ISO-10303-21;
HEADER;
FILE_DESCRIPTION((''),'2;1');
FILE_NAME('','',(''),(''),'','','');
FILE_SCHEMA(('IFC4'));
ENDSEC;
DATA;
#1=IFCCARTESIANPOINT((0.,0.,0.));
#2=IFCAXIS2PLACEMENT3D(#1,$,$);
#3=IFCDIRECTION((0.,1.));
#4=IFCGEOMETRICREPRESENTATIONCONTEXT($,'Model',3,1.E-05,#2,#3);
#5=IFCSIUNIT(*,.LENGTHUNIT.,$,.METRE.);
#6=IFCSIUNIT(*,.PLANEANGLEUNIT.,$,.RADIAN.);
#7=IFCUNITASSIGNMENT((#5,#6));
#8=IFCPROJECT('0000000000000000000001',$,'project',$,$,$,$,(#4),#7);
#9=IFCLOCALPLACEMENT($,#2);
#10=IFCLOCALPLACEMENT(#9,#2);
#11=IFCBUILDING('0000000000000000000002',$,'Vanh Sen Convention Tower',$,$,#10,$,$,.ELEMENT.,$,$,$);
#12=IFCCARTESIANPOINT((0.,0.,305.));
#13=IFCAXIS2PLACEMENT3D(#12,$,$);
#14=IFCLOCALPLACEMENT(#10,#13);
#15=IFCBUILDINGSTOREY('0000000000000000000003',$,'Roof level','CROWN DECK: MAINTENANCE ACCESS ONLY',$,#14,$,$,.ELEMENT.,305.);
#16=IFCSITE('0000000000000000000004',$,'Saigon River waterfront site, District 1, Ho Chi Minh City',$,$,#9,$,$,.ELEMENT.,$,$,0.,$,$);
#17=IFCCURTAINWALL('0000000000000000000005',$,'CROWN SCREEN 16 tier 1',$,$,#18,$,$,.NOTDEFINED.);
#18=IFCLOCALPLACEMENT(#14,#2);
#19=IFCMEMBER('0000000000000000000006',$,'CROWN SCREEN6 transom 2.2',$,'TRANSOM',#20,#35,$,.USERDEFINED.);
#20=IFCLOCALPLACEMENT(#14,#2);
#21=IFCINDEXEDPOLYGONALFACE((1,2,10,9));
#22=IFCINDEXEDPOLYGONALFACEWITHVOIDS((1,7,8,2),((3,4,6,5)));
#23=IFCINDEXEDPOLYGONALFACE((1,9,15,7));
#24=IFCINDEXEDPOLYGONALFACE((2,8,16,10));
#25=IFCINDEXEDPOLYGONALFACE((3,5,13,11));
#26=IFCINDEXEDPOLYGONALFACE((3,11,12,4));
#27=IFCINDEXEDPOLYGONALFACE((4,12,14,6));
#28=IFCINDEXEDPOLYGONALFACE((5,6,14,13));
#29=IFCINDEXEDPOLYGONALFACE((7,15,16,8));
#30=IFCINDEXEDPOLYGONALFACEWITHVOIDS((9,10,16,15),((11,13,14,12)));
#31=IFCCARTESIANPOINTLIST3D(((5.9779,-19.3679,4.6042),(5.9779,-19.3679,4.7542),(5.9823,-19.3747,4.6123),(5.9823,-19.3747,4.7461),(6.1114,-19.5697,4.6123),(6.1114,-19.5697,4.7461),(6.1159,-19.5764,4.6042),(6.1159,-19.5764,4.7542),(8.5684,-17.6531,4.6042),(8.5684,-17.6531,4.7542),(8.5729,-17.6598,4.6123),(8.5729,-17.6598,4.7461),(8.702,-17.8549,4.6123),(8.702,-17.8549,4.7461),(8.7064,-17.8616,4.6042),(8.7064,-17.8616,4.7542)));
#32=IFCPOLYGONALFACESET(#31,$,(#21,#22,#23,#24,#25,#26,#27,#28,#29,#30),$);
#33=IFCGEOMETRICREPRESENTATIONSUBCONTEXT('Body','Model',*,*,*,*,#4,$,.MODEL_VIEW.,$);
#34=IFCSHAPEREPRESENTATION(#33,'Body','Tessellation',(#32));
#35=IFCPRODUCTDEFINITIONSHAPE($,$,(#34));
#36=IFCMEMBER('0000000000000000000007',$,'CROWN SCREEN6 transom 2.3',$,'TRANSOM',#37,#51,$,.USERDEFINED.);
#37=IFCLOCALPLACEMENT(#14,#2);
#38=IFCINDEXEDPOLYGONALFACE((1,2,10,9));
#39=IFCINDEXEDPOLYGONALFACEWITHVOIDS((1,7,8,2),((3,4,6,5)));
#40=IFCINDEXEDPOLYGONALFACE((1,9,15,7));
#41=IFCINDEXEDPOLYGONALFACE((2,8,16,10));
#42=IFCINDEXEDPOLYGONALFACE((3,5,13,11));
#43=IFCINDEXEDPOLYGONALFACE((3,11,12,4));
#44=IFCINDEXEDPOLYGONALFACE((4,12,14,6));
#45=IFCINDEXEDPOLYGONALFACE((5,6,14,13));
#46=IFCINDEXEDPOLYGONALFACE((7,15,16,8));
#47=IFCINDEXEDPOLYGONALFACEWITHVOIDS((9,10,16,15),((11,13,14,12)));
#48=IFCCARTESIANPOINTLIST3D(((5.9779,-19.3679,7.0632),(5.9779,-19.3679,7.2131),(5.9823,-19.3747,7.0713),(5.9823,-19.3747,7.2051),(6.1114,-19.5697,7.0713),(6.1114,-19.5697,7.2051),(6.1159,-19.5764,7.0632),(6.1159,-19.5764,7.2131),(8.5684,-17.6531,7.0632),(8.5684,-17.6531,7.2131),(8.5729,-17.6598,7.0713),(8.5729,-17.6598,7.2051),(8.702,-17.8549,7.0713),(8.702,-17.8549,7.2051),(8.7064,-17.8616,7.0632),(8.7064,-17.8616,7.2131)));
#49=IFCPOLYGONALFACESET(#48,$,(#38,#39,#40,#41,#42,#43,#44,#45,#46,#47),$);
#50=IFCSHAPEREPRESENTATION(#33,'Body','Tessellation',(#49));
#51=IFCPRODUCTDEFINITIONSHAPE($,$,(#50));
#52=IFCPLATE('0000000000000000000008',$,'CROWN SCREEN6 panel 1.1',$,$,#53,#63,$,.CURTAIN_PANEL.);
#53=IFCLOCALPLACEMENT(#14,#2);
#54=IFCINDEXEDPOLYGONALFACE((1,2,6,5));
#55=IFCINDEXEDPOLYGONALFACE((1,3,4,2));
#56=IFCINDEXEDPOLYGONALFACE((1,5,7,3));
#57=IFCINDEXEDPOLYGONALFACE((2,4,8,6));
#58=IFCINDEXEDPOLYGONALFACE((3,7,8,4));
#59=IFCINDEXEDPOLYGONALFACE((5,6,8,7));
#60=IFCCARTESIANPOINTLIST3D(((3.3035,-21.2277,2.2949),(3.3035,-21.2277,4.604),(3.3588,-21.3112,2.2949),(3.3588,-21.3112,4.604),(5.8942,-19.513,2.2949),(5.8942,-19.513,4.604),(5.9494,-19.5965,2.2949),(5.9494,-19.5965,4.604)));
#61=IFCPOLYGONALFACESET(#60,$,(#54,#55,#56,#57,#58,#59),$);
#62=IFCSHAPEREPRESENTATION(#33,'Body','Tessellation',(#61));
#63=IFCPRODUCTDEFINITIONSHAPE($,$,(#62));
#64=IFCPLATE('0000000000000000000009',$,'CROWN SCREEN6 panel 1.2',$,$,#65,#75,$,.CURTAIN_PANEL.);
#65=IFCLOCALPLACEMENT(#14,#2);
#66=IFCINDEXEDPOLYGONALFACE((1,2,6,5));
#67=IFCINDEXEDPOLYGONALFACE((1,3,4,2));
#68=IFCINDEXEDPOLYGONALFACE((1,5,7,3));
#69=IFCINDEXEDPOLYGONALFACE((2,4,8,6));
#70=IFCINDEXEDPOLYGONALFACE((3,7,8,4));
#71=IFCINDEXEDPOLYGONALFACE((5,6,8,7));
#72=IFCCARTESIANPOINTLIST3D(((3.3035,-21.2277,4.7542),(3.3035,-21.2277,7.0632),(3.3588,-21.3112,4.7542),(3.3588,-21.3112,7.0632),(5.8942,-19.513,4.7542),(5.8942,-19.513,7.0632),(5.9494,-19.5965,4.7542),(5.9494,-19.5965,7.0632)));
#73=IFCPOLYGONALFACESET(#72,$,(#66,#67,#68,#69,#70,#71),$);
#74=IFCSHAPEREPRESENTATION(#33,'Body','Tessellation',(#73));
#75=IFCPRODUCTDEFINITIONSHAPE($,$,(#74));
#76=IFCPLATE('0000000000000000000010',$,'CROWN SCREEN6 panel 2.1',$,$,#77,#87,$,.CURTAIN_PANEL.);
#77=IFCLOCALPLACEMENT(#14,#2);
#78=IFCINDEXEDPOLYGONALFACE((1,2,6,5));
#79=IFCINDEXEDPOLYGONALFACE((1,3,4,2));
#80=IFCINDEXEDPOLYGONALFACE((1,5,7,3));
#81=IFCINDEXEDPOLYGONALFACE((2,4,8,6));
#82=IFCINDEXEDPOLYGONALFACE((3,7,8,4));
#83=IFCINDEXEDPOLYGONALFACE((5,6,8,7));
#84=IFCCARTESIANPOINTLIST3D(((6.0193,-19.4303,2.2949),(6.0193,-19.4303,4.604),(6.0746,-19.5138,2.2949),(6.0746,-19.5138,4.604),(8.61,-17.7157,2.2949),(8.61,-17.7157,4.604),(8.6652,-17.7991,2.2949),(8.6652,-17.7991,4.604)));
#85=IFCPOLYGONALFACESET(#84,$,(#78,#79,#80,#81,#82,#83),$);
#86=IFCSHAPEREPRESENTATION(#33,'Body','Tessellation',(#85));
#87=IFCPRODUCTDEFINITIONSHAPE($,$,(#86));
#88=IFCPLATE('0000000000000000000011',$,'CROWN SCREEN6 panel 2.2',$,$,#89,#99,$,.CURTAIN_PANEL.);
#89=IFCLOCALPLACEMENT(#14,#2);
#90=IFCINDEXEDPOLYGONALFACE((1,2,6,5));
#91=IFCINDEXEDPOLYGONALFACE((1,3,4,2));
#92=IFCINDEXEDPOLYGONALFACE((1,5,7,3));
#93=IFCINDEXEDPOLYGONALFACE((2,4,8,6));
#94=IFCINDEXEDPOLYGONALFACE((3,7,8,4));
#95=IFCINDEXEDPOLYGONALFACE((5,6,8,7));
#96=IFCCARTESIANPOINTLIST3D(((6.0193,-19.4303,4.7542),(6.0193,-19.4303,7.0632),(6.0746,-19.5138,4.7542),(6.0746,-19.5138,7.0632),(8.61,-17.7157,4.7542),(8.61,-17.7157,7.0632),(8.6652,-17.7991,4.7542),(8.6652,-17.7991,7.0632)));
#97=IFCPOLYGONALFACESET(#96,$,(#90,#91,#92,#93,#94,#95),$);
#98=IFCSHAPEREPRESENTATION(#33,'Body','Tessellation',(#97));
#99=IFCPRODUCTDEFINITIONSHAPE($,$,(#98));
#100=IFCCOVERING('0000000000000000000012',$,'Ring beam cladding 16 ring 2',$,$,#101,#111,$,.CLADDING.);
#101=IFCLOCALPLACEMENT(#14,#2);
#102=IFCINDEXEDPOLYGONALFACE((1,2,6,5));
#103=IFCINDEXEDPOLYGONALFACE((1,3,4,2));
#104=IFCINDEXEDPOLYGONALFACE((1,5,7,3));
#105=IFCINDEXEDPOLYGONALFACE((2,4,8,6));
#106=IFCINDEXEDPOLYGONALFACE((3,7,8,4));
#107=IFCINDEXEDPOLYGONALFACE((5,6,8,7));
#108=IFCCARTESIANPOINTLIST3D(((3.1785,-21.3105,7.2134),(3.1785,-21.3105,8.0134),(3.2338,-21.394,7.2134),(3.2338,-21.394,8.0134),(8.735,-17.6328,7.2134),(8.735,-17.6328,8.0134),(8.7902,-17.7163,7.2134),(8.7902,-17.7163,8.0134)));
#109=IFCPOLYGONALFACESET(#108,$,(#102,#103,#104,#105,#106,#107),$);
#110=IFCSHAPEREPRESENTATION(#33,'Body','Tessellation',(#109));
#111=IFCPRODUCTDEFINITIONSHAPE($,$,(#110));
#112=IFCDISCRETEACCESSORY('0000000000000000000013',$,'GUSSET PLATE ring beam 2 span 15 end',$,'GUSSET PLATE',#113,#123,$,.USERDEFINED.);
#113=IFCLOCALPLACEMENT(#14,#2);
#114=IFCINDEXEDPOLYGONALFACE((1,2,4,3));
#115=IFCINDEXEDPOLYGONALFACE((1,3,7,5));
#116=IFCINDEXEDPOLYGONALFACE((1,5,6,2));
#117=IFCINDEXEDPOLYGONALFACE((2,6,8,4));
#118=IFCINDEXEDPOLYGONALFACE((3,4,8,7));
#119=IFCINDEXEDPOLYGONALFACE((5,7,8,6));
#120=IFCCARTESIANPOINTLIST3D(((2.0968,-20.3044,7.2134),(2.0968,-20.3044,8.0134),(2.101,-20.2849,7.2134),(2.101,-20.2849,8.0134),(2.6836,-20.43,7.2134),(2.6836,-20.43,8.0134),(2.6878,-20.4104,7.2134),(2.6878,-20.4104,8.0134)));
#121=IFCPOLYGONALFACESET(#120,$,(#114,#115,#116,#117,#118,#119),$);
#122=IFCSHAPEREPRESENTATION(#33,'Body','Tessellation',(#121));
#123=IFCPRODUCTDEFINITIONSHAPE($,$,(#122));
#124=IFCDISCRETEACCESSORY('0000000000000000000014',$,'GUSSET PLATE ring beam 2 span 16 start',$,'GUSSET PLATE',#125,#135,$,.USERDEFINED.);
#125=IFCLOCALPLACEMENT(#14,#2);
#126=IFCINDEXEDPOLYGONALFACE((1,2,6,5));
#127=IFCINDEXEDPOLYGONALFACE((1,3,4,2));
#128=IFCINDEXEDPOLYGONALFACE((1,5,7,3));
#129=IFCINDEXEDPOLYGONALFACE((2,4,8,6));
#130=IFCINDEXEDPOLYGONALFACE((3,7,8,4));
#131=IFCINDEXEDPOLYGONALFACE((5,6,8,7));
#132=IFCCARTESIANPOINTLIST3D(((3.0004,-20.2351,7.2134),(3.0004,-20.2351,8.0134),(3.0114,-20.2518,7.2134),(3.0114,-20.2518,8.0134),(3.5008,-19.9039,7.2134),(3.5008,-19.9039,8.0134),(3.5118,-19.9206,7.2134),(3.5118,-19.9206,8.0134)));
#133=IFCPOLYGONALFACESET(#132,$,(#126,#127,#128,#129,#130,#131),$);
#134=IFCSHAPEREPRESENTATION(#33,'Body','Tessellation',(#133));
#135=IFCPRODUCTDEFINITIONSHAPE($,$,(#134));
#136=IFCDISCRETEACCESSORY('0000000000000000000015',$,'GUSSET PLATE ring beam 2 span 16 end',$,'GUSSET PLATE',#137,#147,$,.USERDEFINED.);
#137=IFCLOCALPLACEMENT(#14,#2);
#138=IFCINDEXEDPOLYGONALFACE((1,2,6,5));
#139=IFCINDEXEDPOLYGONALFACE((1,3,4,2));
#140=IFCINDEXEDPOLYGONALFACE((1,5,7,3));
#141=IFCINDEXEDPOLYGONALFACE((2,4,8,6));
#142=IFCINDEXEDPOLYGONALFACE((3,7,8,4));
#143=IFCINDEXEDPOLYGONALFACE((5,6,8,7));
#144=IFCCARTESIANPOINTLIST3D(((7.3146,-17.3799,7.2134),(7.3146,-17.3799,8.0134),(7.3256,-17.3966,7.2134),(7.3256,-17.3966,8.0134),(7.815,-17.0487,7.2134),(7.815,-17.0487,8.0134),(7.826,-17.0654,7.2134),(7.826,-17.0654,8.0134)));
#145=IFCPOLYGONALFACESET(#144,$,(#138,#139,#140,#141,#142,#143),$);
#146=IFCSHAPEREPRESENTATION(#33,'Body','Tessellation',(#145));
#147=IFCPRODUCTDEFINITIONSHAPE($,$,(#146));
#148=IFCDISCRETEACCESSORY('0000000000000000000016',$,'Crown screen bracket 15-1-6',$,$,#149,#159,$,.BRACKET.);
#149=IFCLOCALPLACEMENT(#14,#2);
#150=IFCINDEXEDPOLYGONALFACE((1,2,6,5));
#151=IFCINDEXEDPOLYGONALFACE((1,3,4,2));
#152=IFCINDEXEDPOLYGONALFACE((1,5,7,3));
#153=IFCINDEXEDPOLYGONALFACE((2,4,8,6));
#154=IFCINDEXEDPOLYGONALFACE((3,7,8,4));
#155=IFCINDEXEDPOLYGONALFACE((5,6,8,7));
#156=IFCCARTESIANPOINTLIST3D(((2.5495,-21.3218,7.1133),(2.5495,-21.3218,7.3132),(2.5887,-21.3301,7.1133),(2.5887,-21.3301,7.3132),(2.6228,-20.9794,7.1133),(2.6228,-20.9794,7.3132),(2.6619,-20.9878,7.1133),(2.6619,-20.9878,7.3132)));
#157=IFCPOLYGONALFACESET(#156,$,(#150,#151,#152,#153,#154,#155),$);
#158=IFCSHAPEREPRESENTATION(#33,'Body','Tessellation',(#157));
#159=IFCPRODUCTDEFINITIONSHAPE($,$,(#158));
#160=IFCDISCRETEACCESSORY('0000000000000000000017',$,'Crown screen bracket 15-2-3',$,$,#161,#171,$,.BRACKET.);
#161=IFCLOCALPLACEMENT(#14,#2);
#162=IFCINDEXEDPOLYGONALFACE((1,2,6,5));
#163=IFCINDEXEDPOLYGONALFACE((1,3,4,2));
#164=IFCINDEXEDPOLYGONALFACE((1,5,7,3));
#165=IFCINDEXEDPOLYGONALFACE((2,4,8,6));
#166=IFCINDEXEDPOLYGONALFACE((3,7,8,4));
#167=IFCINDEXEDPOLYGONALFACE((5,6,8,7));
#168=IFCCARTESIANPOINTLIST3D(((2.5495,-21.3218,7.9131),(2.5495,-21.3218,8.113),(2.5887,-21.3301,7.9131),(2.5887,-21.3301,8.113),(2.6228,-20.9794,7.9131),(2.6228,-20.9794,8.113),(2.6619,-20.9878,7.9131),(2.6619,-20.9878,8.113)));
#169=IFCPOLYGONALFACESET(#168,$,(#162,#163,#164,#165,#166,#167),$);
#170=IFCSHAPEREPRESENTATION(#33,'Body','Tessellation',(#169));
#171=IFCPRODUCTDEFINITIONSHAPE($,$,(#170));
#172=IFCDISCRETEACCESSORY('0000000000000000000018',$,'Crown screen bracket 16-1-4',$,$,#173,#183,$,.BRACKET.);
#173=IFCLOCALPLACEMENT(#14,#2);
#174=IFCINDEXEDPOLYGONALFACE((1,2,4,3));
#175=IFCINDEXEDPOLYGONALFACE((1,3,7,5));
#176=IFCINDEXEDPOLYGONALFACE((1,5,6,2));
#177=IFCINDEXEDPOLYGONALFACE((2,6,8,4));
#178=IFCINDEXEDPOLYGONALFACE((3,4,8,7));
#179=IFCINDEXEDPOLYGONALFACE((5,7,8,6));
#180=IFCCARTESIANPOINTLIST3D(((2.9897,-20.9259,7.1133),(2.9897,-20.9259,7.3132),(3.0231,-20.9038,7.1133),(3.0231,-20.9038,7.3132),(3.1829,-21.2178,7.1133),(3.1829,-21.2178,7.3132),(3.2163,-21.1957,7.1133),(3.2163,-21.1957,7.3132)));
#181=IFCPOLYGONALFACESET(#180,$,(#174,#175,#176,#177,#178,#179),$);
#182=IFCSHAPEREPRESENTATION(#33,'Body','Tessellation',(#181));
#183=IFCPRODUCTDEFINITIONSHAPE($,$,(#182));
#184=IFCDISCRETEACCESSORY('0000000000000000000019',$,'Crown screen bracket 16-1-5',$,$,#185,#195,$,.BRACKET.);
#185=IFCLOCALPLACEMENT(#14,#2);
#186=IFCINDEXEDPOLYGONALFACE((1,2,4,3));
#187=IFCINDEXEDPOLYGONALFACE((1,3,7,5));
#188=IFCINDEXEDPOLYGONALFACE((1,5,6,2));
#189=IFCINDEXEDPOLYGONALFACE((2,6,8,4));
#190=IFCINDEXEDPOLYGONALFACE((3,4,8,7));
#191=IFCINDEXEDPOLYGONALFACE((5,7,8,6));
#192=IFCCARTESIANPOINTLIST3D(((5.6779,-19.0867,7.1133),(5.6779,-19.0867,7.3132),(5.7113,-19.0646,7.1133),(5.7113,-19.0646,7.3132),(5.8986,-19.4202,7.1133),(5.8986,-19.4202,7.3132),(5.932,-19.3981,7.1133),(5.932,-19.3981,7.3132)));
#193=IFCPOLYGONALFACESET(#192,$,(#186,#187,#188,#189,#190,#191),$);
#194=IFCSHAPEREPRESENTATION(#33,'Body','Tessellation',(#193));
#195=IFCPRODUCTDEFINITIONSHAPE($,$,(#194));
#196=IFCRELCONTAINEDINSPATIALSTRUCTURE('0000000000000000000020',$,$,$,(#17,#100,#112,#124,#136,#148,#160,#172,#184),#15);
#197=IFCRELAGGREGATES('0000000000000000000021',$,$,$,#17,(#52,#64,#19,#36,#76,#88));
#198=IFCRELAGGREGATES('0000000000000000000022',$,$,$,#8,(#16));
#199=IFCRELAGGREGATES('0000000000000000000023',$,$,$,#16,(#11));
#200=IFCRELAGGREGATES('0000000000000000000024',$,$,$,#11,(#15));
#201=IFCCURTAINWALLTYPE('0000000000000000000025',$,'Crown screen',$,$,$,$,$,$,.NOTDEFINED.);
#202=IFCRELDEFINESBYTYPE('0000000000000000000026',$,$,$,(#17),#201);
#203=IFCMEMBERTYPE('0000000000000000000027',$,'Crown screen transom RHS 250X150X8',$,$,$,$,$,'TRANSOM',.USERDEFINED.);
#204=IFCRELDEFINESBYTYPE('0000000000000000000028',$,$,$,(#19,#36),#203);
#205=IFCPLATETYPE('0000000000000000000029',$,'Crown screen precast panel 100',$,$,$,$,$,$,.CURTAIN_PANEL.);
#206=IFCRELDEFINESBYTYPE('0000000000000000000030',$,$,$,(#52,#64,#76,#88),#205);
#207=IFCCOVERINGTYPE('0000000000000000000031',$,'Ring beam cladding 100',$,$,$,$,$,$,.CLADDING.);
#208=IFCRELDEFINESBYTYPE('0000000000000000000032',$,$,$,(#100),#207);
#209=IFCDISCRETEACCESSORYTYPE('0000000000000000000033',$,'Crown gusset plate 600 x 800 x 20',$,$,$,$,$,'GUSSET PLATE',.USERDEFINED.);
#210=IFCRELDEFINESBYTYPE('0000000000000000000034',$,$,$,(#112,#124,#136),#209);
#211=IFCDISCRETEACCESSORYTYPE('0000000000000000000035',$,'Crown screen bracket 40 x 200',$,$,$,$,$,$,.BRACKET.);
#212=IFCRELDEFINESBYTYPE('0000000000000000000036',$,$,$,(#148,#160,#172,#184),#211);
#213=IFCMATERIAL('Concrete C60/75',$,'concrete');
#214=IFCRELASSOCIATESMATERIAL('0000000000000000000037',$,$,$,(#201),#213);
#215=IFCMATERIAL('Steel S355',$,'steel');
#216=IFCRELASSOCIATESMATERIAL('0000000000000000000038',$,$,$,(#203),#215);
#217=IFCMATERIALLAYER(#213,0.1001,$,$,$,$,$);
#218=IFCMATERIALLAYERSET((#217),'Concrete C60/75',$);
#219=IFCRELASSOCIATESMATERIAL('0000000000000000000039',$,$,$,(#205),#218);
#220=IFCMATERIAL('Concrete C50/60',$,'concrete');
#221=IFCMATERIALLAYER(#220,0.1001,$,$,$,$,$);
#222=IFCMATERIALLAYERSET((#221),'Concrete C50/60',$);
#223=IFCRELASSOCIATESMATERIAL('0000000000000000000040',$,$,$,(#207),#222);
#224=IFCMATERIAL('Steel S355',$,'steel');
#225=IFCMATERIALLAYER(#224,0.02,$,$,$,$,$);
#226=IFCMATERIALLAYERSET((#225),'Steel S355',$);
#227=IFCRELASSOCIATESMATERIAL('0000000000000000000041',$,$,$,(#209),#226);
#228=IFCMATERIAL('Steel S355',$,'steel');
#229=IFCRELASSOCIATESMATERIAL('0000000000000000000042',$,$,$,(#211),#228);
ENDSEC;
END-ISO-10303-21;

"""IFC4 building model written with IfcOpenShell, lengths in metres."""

from ifc_helpers import new_model, si_unit, direction, frame, origin, origin_2d, place, context, subcontext, project, spatial, rectangle, hollow_rectangle, extrude, material, layer, layer_set, material_profile, profile_set, type_object, element, aggregate, save


model = new_model("IFC4")

# Units and contexts
model_context = context("Model", 3, precision=1e-05, world=origin(), true_north=direction((0.0, 1.0)))
body_context = subcontext(model_context, "Body", "Model", "MODEL_VIEW")
ifc_project = project(units=[si_unit("LENGTHUNIT", "METRE"), si_unit("PLANEANGLEUNIT", "RADIAN")], contexts=[model_context])

# Site, building, storey
site_placement = place(None, origin())
site = spatial("IfcSite", under=ifc_project, at=site_placement, Name="Saigon River waterfront site, District 1, Ho Chi Minh City", CompositionType="ELEMENT", RefElevation=0.0)
building_placement = place(site_placement, origin())
building = spatial("IfcBuilding", under=site, at=building_placement, Name="Vanh Sen Convention Tower", CompositionType="ELEMENT")
storey_placement = place(building_placement, frame((0.0, 0.0, 305.0)))
storey = spatial("IfcBuildingStorey", under=building, at=storey_placement, Name="Roof level", Description="CROWN DECK: MAINTENANCE ACCESS ONLY", CompositionType="ELEMENT", Elevation=305.0)

# Shared definitions
ifc_material_1 = material(Name="Concrete C60/75", Category="concrete")
curtain_wall_type = type_object("IfcCurtainWallType", Name="Crown screen", PredefinedType="NOTDEFINED", material=ifc_material_1)
ifc_material_2 = material(Name="Steel S355", Category="steel")

# Curtain wall
curtain_wall_1_placement = place(storey_placement, origin())
curtain_wall_1 = element("IfcCurtainWall", 1, at=curtain_wall_1_placement, inside=storey, type_object=curtain_wall_type, Name="CROWN SCREEN 16 tier 1", PredefinedType="NOTDEFINED")

# Members
ifc_material_profile_1 = material_profile(ifc_material_2, hollow_rectangle(XDim=0.25, YDim=0.1499, WallThickness=0.0081, at=origin_2d()), Name="RHS 250X150X8")
ifc_profile_set_1 = profile_set([ifc_material_profile_1], Name="Steel S355")
member_type_1 = type_object("IfcMemberType", Name="Crown screen transom RHS 250X150X8", ElementType="TRANSOM", PredefinedType="USERDEFINED", material=ifc_profile_set_1)
member_1_placement = place(storey_placement, frame((6.0469, -19.4722, 4.6792), z_axis=(0.833859, 0.551977, 0.0), x_axis=(-0.551977, 0.833859, 0.0)))
member_1 = element("IfcMember", 2, at=member_1_placement, type_object=member_type_1, Name="CROWN SCREEN6 transom 2.2", ObjectType="TRANSOM", PredefinedType="USERDEFINED", context=body_context, shape_type="SweptSolid", body=[
    extrude(hollow_rectangle(XDim=0.25, YDim=0.1499, WallThickness=0.0081, at=origin_2d()), origin(), (0.0, 0.0, 1.0), 3.1067),
])
member_2_placement = place(storey_placement, frame((6.0469, -19.4722, 7.1382), z_axis=(0.833859, 0.551977, 0.0), x_axis=(-0.551977, 0.833859, 0.0)))
member_2 = element("IfcMember", 3, at=member_2_placement, type_object=member_type_1, Name="CROWN SCREEN6 transom 2.3", ObjectType="TRANSOM", PredefinedType="USERDEFINED", context=body_context, shape_type="SweptSolid", body=[
    extrude(hollow_rectangle(XDim=0.25, YDim=0.1499, WallThickness=0.0081, at=origin_2d()), origin(), (0.0, 0.0, 1.0), 3.1067),
])

# Plates
ifc_layer_1 = layer(ifc_material_1, 0.1001)
ifc_layer_set_1 = layer_set([ifc_layer_1], Name="Concrete C60/75")
plate_type = type_object("IfcPlateType", Name="Crown screen precast panel 100", PredefinedType="CURTAIN_PANEL", material=ifc_layer_set_1)
plate_1_placement = place(storey_placement, frame((4.6265, -20.4121, 2.2949), z_axis=(0.0, 0.0, 1.0), x_axis=(0.83389, 0.55193, 0.0)))
plate_1 = element("IfcPlate", 4, at=plate_1_placement, type_object=plate_type, Name="CROWN SCREEN6 panel 1.1", PredefinedType="CURTAIN_PANEL", context=body_context, shape_type="SweptSolid", body=[
    extrude(rectangle(XDim=3.1067, YDim=0.1001, at=origin_2d()), origin(), (0.0, 0.0, 1.0), 2.3091),
])
plate_2_placement = place(storey_placement, frame((4.6265, -20.4121, 4.7542), z_axis=(0.0, 0.0, 1.0), x_axis=(0.83389, 0.55193, 0.0)))
plate_2 = element("IfcPlate", 5, at=plate_2_placement, type_object=plate_type, Name="CROWN SCREEN6 panel 1.2", PredefinedType="CURTAIN_PANEL", context=body_context, shape_type="SweptSolid", body=[
    extrude(rectangle(XDim=3.1067, YDim=0.1001, at=origin_2d()), origin(), (0.0, 0.0, 1.0), 2.3091),
])
plate_3_placement = place(storey_placement, frame((7.3423, -18.6147, 2.2949), z_axis=(0.0, 0.0, 1.0), x_axis=(0.83389, 0.55193, 0.0)))
plate_3 = element("IfcPlate", 6, at=plate_3_placement, type_object=plate_type, Name="CROWN SCREEN6 panel 2.1", PredefinedType="CURTAIN_PANEL", context=body_context, shape_type="SweptSolid", body=[
    extrude(rectangle(XDim=3.1067, YDim=0.1001, at=origin_2d()), origin(), (0.0, 0.0, 1.0), 2.3091),
])
plate_4_placement = place(storey_placement, frame((7.3423, -18.6147, 4.7542), z_axis=(0.0, 0.0, 1.0), x_axis=(0.83389, 0.55193, 0.0)))
plate_4 = element("IfcPlate", 7, at=plate_4_placement, type_object=plate_type, Name="CROWN SCREEN6 panel 2.2", PredefinedType="CURTAIN_PANEL", context=body_context, shape_type="SweptSolid", body=[
    extrude(rectangle(XDim=3.1067, YDim=0.1001, at=origin_2d()), origin(), (0.0, 0.0, 1.0), 2.3091),
])
aggregate(curtain_wall_1, [plate_1, plate_2, member_1, member_2, plate_3, plate_4])

# Covering
ifc_material_3 = material(Name="Concrete C50/60", Category="concrete")
ifc_layer_2 = layer(ifc_material_3, 0.1001)
ifc_layer_set_2 = layer_set([ifc_layer_2], Name="Concrete C50/60")
covering_type = type_object("IfcCoveringType", Name="Ring beam cladding 100", PredefinedType="CLADDING", material=ifc_layer_set_2)
covering_placement = place(storey_placement, frame((5.9844, -19.5134, 7.2134), z_axis=(0.0, 0.0, 1.0), x_axis=(0.833891, 0.55193, 0.0)))
element("IfcCovering", 8, at=covering_placement, inside=storey, type_object=covering_type, Name="Ring beam cladding 16 ring 2", PredefinedType="CLADDING", context=body_context, shape_type="SweptSolid", body=[
    extrude(rectangle(XDim=6.6633, YDim=0.1001, at=origin_2d()), origin(), (0.0, 0.0, 1.0), 0.8),
])

# Discrete accessories
ifc_material_4 = material(Name="Steel S355", Category="steel")
ifc_layer_3 = layer(ifc_material_4, 0.02)
ifc_layer_set_3 = layer_set([ifc_layer_3], Name="Steel S355")
discrete_accessory_type_1 = type_object("IfcDiscreteAccessoryType", Name="Crown gusset plate 600 x 800 x 20", ElementType="GUSSET PLATE", PredefinedType="USERDEFINED", material=ifc_layer_set_3)
for number, where, z_axis, x_axis, name in (
    (9, (2.3923, -20.3574, 7.2134), (0.0, 0.0, 1.0), (-0.977865, 0.209236, 0.0), "GUSSET PLATE ring beam 2 span 15 end"),
    (10, (3.2561, -20.0779, 7.2134), (0.0, 0.0, 1.0), (0.833891, 0.55193, 0.0), "GUSSET PLATE ring beam 2 span 16 start"),
    (11, (7.5703, -17.2227, 7.2134), (0.0, 0.0, 1.0), (-0.833891, -0.55193, 0.0), "GUSSET PLATE ring beam 2 span 16 end"),
):
    element("IfcDiscreteAccessory", number, at=place(storey_placement, frame(where, z_axis=z_axis, x_axis=x_axis)), inside=storey, type_object=discrete_accessory_type_1, Name=name, ObjectType="GUSSET PLATE", PredefinedType="USERDEFINED", context=body_context, shape_type="SweptSolid", body=[
        extrude(rectangle(XDim=0.6001, YDim=0.02, at=origin_2d()), origin(), (0.0, 0.0, 1.0), 0.8),
    ])
ifc_material_5 = material(Name="Steel S355", Category="steel")
discrete_accessory_type_2 = type_object("IfcDiscreteAccessoryType", Name="Crown screen bracket 40 x 200", PredefinedType="BRACKET", material=ifc_material_5)
for number, where, z_axis, x_axis, name in (
    (12, (2.6057, -21.1548, 7.1133), (0.0, 0.0, 1.0), (-0.209236, -0.977865, 0.0), "Crown screen bracket 15-1-6"),
    (13, (2.6057, -21.1548, 7.9131), (0.0, 0.0, 1.0), (-0.209236, -0.977865, 0.0), "Crown screen bracket 15-2-3"),
    (14, (3.103, -21.0608, 7.1133), (0.0, 0.0, 1.0), (0.55193, -0.833891, 0.0), "Crown screen bracket 16-1-4"),
):
    element("IfcDiscreteAccessory", number, at=place(storey_placement, frame(where, z_axis=z_axis, x_axis=x_axis)), inside=storey, type_object=discrete_accessory_type_2, Name=name, PredefinedType="BRACKET", context=body_context, shape_type="SweptSolid", body=[
        extrude(rectangle(XDim=0.3501, YDim=0.04, at=origin_2d()), origin(), (0.0, 0.0, 1.0), 0.2),
    ])
discrete_accessory_1_placement = place(storey_placement, frame((5.8049, -19.2424, 7.1133), z_axis=(0.0, 0.0, 1.0), x_axis=(0.55193, -0.833891, 0.0)))
element("IfcDiscreteAccessory", 15, at=discrete_accessory_1_placement, inside=storey, type_object=discrete_accessory_type_2, Name="Crown screen bracket 16-1-5", PredefinedType="BRACKET", context=body_context, shape_type="SweptSolid", body=[
    extrude(rectangle(XDim=0.3999, YDim=0.04, at=origin_2d()), origin(), (0.0, 0.0, 1.0), 0.2),
])

save(model, "model.ifc")
